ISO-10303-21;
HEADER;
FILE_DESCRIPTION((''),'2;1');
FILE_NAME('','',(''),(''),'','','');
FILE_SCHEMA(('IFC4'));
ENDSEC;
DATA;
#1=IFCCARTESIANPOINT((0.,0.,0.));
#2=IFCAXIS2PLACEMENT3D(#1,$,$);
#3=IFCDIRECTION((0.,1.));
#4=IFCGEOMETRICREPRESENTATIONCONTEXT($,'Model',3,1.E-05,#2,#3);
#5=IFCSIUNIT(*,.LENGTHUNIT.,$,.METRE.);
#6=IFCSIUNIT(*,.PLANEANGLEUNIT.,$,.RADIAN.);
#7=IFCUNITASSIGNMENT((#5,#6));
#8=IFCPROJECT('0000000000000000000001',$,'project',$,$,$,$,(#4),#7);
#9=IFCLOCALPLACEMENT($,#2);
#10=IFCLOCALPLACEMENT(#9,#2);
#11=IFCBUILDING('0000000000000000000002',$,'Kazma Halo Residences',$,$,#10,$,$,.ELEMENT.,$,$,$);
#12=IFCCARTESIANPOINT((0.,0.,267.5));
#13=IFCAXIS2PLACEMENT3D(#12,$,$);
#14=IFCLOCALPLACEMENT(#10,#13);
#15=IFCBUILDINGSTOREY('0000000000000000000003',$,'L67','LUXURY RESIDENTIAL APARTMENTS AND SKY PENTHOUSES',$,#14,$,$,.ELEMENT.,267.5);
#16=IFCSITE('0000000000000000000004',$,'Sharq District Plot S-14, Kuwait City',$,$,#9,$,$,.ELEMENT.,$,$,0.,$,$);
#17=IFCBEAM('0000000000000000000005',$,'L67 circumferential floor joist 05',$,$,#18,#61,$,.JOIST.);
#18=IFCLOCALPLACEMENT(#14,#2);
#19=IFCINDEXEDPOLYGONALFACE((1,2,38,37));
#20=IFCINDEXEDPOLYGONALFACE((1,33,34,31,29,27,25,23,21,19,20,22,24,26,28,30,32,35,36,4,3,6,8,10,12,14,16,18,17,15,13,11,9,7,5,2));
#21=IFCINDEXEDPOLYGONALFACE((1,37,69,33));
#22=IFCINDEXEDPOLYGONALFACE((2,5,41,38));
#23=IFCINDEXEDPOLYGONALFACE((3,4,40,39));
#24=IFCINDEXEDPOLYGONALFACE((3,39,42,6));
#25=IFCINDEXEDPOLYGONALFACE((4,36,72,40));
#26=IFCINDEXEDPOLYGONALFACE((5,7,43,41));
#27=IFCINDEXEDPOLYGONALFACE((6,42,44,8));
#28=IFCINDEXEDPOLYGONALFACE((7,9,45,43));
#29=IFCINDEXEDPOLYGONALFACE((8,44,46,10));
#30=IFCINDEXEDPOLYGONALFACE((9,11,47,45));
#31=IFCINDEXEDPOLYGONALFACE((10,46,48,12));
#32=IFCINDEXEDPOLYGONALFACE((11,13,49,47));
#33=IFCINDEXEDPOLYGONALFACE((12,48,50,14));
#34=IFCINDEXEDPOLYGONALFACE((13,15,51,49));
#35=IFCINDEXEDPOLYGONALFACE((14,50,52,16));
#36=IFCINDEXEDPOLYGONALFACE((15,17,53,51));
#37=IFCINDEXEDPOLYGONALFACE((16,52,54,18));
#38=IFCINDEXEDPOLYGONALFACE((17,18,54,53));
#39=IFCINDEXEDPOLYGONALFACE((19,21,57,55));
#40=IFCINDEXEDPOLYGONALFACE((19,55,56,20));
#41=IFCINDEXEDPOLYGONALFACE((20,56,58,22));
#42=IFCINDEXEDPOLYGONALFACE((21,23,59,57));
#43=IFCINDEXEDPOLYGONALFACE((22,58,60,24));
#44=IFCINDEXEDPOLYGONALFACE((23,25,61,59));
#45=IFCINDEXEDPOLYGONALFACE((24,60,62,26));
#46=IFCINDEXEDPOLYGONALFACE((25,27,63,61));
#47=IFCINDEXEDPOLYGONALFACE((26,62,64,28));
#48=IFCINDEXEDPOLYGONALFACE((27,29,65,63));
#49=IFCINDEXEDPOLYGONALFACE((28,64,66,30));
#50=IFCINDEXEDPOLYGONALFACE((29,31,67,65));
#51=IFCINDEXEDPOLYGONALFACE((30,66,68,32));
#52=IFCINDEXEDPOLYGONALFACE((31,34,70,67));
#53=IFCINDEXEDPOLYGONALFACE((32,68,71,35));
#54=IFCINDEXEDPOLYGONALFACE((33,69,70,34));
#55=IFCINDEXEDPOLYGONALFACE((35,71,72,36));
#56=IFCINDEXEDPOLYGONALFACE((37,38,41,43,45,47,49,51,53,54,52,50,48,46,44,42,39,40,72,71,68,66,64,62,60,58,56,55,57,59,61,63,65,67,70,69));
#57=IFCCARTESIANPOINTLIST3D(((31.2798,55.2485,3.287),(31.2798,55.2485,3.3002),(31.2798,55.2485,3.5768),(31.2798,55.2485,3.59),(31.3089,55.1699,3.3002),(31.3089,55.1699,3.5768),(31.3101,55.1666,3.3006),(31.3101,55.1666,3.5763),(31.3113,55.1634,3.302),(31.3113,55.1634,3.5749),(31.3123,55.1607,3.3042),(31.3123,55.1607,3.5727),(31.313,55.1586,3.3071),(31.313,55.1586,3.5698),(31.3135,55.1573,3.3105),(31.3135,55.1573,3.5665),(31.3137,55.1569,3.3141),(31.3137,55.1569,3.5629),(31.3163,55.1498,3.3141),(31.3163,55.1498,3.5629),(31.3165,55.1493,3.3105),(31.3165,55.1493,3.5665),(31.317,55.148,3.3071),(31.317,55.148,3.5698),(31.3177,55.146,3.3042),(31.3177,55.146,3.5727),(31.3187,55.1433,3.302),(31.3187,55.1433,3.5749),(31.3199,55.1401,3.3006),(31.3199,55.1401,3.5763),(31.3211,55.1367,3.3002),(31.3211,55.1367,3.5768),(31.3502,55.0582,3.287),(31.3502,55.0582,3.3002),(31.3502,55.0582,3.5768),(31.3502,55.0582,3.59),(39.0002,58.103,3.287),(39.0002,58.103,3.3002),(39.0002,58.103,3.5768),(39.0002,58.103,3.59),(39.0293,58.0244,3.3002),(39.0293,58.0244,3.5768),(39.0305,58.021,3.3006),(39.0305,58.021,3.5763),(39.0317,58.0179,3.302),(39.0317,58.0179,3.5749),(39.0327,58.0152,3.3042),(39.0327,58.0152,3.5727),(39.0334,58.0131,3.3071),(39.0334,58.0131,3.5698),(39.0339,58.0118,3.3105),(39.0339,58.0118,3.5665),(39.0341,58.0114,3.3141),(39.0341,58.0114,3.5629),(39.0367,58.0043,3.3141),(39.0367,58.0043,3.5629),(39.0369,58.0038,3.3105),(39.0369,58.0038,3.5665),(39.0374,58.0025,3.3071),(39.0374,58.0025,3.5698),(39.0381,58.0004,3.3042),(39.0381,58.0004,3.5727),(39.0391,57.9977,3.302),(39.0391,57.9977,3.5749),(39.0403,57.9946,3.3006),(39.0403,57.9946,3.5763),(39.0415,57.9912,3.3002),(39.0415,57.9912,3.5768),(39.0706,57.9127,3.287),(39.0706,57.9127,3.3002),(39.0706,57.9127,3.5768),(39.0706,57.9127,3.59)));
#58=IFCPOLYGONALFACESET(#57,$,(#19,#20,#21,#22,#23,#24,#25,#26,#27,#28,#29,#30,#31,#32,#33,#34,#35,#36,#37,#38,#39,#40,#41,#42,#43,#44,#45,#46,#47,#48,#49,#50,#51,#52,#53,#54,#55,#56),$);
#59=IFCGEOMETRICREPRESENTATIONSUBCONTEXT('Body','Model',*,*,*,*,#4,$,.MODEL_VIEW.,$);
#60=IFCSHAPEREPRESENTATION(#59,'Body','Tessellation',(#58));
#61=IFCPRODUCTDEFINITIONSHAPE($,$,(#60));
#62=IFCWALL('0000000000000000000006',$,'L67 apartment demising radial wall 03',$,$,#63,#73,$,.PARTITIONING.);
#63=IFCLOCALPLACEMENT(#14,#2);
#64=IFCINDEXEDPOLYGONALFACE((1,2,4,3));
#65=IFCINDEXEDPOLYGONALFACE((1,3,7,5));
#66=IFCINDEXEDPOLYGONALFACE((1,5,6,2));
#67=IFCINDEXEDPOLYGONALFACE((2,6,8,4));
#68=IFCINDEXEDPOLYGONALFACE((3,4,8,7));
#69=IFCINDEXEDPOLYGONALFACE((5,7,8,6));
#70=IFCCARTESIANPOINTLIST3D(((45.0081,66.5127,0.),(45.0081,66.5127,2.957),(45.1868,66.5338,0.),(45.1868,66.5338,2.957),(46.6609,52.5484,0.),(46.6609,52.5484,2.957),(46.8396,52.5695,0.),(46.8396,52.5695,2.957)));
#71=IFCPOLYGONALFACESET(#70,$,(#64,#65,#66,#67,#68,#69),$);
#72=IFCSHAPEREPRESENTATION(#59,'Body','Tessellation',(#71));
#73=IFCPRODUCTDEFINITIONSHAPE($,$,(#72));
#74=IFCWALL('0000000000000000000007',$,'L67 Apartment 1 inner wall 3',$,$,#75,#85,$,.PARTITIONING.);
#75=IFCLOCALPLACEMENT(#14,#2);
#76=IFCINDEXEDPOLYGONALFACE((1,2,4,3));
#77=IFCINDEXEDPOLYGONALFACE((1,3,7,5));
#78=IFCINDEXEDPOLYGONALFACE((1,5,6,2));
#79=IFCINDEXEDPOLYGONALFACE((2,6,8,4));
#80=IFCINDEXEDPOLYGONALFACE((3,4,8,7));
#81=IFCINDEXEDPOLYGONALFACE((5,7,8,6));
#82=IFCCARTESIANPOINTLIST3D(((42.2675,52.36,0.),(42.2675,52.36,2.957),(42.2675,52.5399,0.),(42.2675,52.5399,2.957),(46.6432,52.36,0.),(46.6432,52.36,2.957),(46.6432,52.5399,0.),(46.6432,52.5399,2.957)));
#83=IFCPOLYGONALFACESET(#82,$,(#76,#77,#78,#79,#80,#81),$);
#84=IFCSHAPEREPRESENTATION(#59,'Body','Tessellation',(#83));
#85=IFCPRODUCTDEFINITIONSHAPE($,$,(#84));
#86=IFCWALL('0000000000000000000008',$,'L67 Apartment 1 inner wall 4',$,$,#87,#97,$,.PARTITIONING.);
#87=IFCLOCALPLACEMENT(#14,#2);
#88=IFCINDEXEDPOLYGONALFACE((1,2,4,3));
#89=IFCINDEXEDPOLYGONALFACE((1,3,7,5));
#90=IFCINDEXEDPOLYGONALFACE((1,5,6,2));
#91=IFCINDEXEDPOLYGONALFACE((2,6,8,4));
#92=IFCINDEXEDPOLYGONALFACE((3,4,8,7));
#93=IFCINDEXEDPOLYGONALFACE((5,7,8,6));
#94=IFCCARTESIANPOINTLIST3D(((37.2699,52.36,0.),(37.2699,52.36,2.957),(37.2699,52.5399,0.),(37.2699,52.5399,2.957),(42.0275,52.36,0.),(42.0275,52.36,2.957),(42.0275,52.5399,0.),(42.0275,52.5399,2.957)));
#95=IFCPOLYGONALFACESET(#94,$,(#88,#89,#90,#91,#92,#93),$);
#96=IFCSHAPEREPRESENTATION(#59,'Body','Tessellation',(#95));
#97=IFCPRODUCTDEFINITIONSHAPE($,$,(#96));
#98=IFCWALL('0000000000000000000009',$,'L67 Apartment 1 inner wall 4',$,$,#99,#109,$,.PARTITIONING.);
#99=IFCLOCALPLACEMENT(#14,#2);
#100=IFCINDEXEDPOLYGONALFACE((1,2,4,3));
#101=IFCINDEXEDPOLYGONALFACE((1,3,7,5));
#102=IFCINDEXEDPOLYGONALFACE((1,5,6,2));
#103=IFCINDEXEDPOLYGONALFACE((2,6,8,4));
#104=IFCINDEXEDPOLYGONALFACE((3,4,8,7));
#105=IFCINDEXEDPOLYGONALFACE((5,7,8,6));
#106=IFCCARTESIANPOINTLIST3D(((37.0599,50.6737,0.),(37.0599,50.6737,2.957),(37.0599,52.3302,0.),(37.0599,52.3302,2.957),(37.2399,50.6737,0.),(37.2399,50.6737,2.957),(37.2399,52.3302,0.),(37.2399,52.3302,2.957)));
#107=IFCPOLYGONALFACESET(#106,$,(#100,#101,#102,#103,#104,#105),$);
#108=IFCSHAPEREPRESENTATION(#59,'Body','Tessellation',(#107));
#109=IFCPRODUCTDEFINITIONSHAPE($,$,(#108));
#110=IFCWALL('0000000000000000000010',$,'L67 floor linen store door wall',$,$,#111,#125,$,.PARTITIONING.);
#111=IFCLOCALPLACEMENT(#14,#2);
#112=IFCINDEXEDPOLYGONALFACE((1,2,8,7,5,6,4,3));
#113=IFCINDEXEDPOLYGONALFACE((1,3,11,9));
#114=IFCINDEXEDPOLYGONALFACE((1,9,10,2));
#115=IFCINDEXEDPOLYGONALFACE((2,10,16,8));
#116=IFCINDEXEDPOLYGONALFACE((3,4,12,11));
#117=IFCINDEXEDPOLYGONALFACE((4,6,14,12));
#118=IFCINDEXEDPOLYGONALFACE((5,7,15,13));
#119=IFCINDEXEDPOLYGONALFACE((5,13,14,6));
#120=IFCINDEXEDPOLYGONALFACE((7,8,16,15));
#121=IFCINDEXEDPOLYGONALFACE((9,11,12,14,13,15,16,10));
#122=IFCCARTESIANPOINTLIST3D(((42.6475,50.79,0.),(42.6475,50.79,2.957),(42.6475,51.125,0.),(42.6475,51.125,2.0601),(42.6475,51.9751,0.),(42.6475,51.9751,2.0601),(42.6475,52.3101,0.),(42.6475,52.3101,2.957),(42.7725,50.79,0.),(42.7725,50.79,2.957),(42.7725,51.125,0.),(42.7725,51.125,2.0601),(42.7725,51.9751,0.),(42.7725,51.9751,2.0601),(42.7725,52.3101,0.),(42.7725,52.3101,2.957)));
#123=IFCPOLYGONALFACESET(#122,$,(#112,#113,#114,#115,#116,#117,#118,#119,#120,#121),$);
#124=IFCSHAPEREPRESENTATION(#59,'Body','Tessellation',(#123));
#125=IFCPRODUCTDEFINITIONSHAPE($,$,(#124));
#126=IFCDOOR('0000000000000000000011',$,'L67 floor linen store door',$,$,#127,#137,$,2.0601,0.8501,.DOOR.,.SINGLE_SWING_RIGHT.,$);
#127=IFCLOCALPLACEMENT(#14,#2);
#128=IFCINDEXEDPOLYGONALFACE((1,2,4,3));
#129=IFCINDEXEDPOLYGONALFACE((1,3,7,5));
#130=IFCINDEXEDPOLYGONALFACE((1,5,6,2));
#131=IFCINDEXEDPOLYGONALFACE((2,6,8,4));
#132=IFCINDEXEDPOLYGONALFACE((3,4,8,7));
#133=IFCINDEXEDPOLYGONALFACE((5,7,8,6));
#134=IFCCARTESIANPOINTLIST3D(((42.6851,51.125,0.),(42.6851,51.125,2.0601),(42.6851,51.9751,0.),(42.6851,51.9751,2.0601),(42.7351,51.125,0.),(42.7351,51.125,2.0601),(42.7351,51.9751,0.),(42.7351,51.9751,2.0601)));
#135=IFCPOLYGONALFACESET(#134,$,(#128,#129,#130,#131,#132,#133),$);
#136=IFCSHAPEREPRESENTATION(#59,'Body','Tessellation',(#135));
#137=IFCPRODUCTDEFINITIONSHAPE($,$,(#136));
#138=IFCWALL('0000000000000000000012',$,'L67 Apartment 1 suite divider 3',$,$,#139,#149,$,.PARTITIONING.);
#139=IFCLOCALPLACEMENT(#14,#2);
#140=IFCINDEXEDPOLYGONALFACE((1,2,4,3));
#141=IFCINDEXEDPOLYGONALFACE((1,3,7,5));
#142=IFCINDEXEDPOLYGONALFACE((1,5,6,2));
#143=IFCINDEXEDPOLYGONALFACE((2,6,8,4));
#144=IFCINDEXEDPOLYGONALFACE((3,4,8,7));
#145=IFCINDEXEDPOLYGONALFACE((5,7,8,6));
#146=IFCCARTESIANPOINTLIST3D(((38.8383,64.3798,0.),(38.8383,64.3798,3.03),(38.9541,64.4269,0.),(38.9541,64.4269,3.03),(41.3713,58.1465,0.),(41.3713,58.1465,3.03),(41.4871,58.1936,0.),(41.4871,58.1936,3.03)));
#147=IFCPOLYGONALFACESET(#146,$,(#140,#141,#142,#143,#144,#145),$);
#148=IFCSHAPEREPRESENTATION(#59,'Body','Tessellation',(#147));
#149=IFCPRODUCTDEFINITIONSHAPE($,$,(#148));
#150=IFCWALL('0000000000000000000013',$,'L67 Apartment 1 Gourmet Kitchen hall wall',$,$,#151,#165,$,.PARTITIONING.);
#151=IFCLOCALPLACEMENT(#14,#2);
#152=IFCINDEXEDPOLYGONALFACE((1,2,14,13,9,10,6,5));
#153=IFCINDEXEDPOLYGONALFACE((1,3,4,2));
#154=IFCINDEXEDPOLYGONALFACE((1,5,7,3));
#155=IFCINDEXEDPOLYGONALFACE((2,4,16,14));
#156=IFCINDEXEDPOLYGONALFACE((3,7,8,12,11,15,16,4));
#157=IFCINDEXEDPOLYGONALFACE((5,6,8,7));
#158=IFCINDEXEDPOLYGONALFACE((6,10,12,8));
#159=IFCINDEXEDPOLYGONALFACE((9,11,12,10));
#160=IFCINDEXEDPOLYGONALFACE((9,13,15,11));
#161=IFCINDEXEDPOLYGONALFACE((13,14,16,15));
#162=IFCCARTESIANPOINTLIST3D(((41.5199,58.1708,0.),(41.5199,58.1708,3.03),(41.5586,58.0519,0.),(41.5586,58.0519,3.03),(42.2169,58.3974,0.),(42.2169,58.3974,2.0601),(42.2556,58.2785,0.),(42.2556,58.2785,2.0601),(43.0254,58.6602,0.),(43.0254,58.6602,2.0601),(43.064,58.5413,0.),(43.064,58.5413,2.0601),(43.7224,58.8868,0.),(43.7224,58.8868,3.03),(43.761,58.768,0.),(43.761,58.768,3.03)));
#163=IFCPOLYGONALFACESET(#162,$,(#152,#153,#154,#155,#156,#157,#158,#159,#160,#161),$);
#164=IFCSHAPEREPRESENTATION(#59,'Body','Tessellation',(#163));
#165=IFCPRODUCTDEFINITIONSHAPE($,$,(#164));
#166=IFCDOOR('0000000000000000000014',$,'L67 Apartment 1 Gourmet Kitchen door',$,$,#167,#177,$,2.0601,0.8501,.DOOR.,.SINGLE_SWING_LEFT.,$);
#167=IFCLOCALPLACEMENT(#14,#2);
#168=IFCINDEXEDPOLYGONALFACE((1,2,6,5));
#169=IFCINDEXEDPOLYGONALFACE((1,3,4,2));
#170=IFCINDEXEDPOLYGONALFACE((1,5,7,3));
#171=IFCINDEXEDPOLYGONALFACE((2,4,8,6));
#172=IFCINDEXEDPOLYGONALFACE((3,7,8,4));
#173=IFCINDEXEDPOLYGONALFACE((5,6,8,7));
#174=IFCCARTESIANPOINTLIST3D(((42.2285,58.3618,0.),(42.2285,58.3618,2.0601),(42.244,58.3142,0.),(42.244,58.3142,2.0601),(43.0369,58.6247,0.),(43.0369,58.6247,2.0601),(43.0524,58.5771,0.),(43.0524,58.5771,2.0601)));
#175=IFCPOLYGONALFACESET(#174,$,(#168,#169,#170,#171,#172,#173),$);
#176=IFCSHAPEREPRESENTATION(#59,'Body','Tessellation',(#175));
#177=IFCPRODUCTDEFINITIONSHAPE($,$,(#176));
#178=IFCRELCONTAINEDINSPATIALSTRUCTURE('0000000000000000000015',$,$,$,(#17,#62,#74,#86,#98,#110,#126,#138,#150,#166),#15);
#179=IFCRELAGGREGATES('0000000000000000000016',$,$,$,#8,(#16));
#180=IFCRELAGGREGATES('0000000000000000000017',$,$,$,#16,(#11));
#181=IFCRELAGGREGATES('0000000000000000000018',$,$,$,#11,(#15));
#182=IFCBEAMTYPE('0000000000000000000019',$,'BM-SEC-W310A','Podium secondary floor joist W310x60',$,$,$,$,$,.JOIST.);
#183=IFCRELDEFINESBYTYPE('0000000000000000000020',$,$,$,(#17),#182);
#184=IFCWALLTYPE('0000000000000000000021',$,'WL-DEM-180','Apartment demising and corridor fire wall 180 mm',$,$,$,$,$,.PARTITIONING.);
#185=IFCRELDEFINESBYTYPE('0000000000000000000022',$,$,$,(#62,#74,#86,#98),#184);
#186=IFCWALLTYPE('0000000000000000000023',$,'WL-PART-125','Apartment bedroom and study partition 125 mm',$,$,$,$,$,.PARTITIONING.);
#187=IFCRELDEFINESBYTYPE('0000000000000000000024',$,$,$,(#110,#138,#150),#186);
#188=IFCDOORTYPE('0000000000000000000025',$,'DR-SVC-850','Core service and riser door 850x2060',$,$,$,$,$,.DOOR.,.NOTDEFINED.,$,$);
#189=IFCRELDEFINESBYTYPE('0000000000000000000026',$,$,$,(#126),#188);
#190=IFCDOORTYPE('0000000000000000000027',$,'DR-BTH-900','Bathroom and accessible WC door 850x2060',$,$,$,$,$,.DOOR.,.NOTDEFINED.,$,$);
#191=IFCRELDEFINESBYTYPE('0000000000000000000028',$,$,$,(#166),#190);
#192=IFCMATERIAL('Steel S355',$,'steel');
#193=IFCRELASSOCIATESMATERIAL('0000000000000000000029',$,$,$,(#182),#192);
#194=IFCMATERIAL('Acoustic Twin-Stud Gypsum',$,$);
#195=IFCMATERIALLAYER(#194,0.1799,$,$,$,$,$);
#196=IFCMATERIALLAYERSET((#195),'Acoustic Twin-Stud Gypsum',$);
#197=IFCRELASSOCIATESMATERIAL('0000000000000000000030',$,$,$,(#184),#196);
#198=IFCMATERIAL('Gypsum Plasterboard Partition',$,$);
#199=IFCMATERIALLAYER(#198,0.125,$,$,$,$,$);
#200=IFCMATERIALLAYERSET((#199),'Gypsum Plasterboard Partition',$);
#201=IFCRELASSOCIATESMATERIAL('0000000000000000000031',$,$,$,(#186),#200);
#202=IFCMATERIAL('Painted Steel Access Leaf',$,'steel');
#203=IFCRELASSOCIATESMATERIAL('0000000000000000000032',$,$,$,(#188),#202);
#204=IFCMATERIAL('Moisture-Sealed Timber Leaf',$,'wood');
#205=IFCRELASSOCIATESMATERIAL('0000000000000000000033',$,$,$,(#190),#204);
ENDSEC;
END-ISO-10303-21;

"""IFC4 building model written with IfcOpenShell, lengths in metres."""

from ifc_helpers import new_model, si_unit, direction, frame, frame_2d, origin, origin_2d, place, context, subcontext, project, spatial, rectangle, i_section, extrude, material, layer, layer_set, material_profile, profile_set, type_object, element, fill, save


model = new_model("IFC4")

# Units and contexts
model_context = context("Model", 3, precision=1e-05, world=origin(), true_north=direction((0.0, 1.0)))
body_context = subcontext(model_context, "Body", "Model", "MODEL_VIEW")
ifc_project = project(units=[si_unit("LENGTHUNIT", "METRE"), si_unit("PLANEANGLEUNIT", "RADIAN")], contexts=[model_context])

# Site, building, storey
site_placement = place(None, origin())
site = spatial("IfcSite", under=ifc_project, at=site_placement, Name="Sharq District Plot S-14, Kuwait City", CompositionType="ELEMENT", RefElevation=0.0)
building_placement = place(site_placement, origin())
building = spatial("IfcBuilding", under=site, at=building_placement, Name="Kazma Halo Residences", CompositionType="ELEMENT")
storey_placement = place(building_placement, frame((0.0, 0.0, 267.5)))
storey = spatial("IfcBuildingStorey", under=building, at=storey_placement, Name="L67", Description="LUXURY RESIDENTIAL APARTMENTS AND SKY PENTHOUSES", CompositionType="ELEMENT", Elevation=267.5)

# Beam
ifc_material_1 = material(Name="Steel S355", Category="steel")
ifc_material_profile = material_profile(ifc_material_1, i_section(OverallWidth=0.2029, OverallDepth=0.303, WebThickness=0.0076, FlangeThickness=0.0132, FilletRadius=0.0139, at=origin_2d()), Name="W310x60")
ifc_profile_set = profile_set([ifc_material_profile], Name="Steel S355")
beam_type = type_object("IfcBeamType", Name="BM-SEC-W310A", Description="Podium secondary floor joist W310x60", PredefinedType="JOIST", material=ifc_profile_set)
beam_placement = place(storey_placement, frame((39.0354, 58.0078, 3.4385), z_axis=(-0.937944, -0.346787, 0.0), x_axis=(0.346787, -0.937944, 0.0)))
element("IfcBeam", 1, at=beam_placement, inside=storey, type_object=beam_type, Name="L67 circumferential floor joist 05", PredefinedType="JOIST", context=body_context, shape_type="SweptSolid", body=[
    extrude(i_section(OverallWidth=0.2029, OverallDepth=0.303, WebThickness=0.0076, FlangeThickness=0.0132, FilletRadius=0.0139, at=origin_2d()), origin(), (0.0, 0.0, 1.0), 8.2312),
])

# Walls
ifc_material_2 = material(Name="Acoustic Twin-Stud Gypsum")
ifc_layer_1 = layer(ifc_material_2, 0.1799)
ifc_layer_set_1 = layer_set([ifc_layer_1], Name="Acoustic Twin-Stud Gypsum")
wall_type_1 = type_object("IfcWallType", Name="WL-DEM-180", Description="Apartment demising and corridor fire wall 180 mm", PredefinedType="PARTITIONING", material=ifc_layer_set_1)
wall_1_placement = place(storey_placement, frame((46.7502, 52.5591, 0.0), z_axis=(0.0, 0.0, 1.0), x_axis=(-0.11754, 0.993068, 0.0)))
element("IfcWall", 2, at=wall_1_placement, inside=storey, type_object=wall_type_1, Name="L67 apartment demising radial wall 03", PredefinedType="PARTITIONING", context=body_context, shape_type="SweptSolid", body=[
    extrude(rectangle(XDim=14.0618, YDim=0.1799, at=frame_2d((7.0308, 0.0))), origin(), (0.0, 0.0, 1.0), 2.957),
])
wall_2_placement = place(storey_placement, frame((46.6433, 52.45, 0.0), z_axis=(0.0, 0.0, 1.0), x_axis=(-1.0, 0.0, 0.0)))
element("IfcWall", 3, at=wall_2_placement, inside=storey, type_object=wall_type_1, Name="L67 Apartment 1 inner wall 3", PredefinedType="PARTITIONING", context=body_context, shape_type="SweptSolid", body=[
    extrude(rectangle(XDim=4.3757, YDim=0.1799, at=frame_2d((2.188, 0.0))), origin(), (0.0, 0.0, 1.0), 2.957),
])
wall_3_placement = place(storey_placement, frame((42.0276, 52.45, 0.0), z_axis=(0.0, 0.0, 1.0), x_axis=(-1.0, 0.0, 0.0)))
element("IfcWall", 4, at=wall_3_placement, inside=storey, type_object=wall_type_1, Name="L67 Apartment 1 inner wall 4", PredefinedType="PARTITIONING", context=body_context, shape_type="SweptSolid", body=[
    extrude(rectangle(XDim=4.7576, YDim=0.1799, at=frame_2d((2.3789, 0.0))), origin(), (0.0, 0.0, 1.0), 2.957),
])
wall_4_placement = place(storey_placement, frame((37.1499, 52.3301, 0.0), z_axis=(0.0, 0.0, 1.0), x_axis=(0.0, -1.0, 0.0)))
element("IfcWall", 5, at=wall_4_placement, inside=storey, type_object=wall_type_1, Name="L67 Apartment 1 inner wall 4", PredefinedType="PARTITIONING", context=body_context, shape_type="SweptSolid", body=[
    extrude(rectangle(XDim=1.6565, YDim=0.1799, at=frame_2d((0.8281, 0.0))), origin(), (0.0, 0.0, 1.0), 2.957),
])

# Wall, opening, door
ifc_material_3 = material(Name="Gypsum Plasterboard Partition")
ifc_layer_2 = layer(ifc_material_3, 0.125)
ifc_layer_set_2 = layer_set([ifc_layer_2], Name="Gypsum Plasterboard Partition")
wall_type_2 = type_object("IfcWallType", Name="WL-PART-125", Description="Apartment bedroom and study partition 125 mm", PredefinedType="PARTITIONING", material=ifc_layer_set_2)
wall_5_placement = place(storey_placement, frame((42.71, 50.79, 0.0), z_axis=(0.0, 0.0, 1.0), x_axis=(0.0, 1.0, 0.0)))
wall_5 = element("IfcWall", 6, at=wall_5_placement, inside=storey, type_object=wall_type_2, Name="L67 floor linen store door wall", PredefinedType="PARTITIONING", context=body_context, shape_type="SweptSolid", body=[
    extrude(rectangle(XDim=1.52, YDim=0.125, at=frame_2d((0.76, 0.0))), origin(), (0.0, 0.0, 1.0), 2.957),
])
opening_1_placement = place(wall_5_placement, frame((0.335, 0.0, 0.0)))
opening_1 = element("IfcOpeningElement", 7, at=opening_1_placement, cuts=wall_5, PredefinedType="OPENING", context=body_context, shape_type="SweptSolid", body=[
    extrude(rectangle(XDim=0.8501, YDim=2.0601, at=frame_2d((0.425, 1.03))), frame((0.0, 0.0725, 0.0), z_axis=(0.0, -1.0, 0.0), x_axis=(1.0, 0.0, 0.0)), (0.0, 0.0, 1.0), 0.145),
])
ifc_material_4 = material(Name="Painted Steel Access Leaf", Category="steel")
door_type_1 = type_object("IfcDoorType", Name="DR-SVC-850", Description="Core service and riser door 850x2060", OperationType="NOTDEFINED", PredefinedType="DOOR", material=ifc_material_4)
door_1_placement = place(opening_1_placement, origin())
door_1 = element("IfcDoor", 8, at=door_1_placement, inside=storey, type_object=door_type_1, Name="L67 floor linen store door", OperationType="SINGLE_SWING_RIGHT", OverallHeight=2.0601, OverallWidth=0.8501, PredefinedType="DOOR", context=body_context, shape_type="SweptSolid", body=[
    extrude(rectangle(XDim=0.8501, YDim=2.0601, at=frame_2d((0.425, 1.03))), frame((0.0, 0.0249, 0.0), z_axis=(0.0, -1.0, 0.0), x_axis=(1.0, 0.0, 0.0)), (0.0, 0.0, 1.0), 0.05),
])
fill(opening_1, door_1)

# Wall
wall_6_placement = place(storey_placement, frame((41.4292, 58.1699, 0.0), z_axis=(0.0, 0.0, 1.0), x_axis=(-0.376459, 0.926433, 0.0)))
element("IfcWall", 9, at=wall_6_placement, inside=storey, type_object=wall_type_2, Name="L67 Apartment 1 suite divider 3", PredefinedType="PARTITIONING", context=body_context, shape_type="SweptSolid", body=[
    extrude(rectangle(XDim=6.7283, YDim=0.125, at=frame_2d((3.3643, 0.0))), origin(), (0.0, 0.0, 1.0), 3.03),
])

# Wall, opening, door
wall_7_placement = place(storey_placement, frame((43.7417, 58.8274, 0.0), z_axis=(0.0, 0.0, 1.0), x_axis=(-0.950998, -0.309198, 0.0)))
wall_7 = element("IfcWall", 10, at=wall_7_placement, inside=storey, type_object=wall_type_2, Name="L67 Apartment 1 Gourmet Kitchen hall wall", PredefinedType="PARTITIONING", context=body_context, shape_type="SweptSolid", body=[
    extrude(rectangle(XDim=2.3159, YDim=0.125, at=frame_2d((1.158, 0.0))), origin(), (0.0, 0.0, 1.0), 3.03),
])
opening_2_placement = place(wall_7_placement, frame((0.7329, 0.0, 0.0)))
opening_2 = element("IfcOpeningElement", 11, at=opening_2_placement, cuts=wall_7, PredefinedType="OPENING", context=body_context, shape_type="SweptSolid", body=[
    extrude(rectangle(XDim=0.8501, YDim=2.0601, at=frame_2d((0.425, 1.03))), frame((0.0, 0.0725, 0.0), z_axis=(0.0, -1.0, 0.0), x_axis=(1.0, 0.0, 0.0)), (0.0, 0.0, 1.0), 0.145),
])
ifc_material_5 = material(Name="Moisture-Sealed Timber Leaf", Category="wood")
door_type_2 = type_object("IfcDoorType", Name="DR-BTH-900", Description="Bathroom and accessible WC door 850x2060", OperationType="NOTDEFINED", PredefinedType="DOOR", material=ifc_material_5)
door_2_placement = place(opening_2_placement, origin())
door_2 = element("IfcDoor", 12, at=door_2_placement, inside=storey, type_object=door_type_2, Name="L67 Apartment 1 Gourmet Kitchen door", OperationType="SINGLE_SWING_LEFT", OverallHeight=2.0601, OverallWidth=0.8501, PredefinedType="DOOR", context=body_context, shape_type="SweptSolid", body=[
    extrude(rectangle(XDim=0.8501, YDim=2.0601, at=frame_2d((0.425, 1.03))), frame((0.0, 0.0249, 0.0), z_axis=(0.0, -1.0, 0.0), x_axis=(1.0, 0.0, 0.0)), (0.0, 0.0, 1.0), 0.05),
])
fill(opening_2, door_2)

save(model, "model.ifc")
